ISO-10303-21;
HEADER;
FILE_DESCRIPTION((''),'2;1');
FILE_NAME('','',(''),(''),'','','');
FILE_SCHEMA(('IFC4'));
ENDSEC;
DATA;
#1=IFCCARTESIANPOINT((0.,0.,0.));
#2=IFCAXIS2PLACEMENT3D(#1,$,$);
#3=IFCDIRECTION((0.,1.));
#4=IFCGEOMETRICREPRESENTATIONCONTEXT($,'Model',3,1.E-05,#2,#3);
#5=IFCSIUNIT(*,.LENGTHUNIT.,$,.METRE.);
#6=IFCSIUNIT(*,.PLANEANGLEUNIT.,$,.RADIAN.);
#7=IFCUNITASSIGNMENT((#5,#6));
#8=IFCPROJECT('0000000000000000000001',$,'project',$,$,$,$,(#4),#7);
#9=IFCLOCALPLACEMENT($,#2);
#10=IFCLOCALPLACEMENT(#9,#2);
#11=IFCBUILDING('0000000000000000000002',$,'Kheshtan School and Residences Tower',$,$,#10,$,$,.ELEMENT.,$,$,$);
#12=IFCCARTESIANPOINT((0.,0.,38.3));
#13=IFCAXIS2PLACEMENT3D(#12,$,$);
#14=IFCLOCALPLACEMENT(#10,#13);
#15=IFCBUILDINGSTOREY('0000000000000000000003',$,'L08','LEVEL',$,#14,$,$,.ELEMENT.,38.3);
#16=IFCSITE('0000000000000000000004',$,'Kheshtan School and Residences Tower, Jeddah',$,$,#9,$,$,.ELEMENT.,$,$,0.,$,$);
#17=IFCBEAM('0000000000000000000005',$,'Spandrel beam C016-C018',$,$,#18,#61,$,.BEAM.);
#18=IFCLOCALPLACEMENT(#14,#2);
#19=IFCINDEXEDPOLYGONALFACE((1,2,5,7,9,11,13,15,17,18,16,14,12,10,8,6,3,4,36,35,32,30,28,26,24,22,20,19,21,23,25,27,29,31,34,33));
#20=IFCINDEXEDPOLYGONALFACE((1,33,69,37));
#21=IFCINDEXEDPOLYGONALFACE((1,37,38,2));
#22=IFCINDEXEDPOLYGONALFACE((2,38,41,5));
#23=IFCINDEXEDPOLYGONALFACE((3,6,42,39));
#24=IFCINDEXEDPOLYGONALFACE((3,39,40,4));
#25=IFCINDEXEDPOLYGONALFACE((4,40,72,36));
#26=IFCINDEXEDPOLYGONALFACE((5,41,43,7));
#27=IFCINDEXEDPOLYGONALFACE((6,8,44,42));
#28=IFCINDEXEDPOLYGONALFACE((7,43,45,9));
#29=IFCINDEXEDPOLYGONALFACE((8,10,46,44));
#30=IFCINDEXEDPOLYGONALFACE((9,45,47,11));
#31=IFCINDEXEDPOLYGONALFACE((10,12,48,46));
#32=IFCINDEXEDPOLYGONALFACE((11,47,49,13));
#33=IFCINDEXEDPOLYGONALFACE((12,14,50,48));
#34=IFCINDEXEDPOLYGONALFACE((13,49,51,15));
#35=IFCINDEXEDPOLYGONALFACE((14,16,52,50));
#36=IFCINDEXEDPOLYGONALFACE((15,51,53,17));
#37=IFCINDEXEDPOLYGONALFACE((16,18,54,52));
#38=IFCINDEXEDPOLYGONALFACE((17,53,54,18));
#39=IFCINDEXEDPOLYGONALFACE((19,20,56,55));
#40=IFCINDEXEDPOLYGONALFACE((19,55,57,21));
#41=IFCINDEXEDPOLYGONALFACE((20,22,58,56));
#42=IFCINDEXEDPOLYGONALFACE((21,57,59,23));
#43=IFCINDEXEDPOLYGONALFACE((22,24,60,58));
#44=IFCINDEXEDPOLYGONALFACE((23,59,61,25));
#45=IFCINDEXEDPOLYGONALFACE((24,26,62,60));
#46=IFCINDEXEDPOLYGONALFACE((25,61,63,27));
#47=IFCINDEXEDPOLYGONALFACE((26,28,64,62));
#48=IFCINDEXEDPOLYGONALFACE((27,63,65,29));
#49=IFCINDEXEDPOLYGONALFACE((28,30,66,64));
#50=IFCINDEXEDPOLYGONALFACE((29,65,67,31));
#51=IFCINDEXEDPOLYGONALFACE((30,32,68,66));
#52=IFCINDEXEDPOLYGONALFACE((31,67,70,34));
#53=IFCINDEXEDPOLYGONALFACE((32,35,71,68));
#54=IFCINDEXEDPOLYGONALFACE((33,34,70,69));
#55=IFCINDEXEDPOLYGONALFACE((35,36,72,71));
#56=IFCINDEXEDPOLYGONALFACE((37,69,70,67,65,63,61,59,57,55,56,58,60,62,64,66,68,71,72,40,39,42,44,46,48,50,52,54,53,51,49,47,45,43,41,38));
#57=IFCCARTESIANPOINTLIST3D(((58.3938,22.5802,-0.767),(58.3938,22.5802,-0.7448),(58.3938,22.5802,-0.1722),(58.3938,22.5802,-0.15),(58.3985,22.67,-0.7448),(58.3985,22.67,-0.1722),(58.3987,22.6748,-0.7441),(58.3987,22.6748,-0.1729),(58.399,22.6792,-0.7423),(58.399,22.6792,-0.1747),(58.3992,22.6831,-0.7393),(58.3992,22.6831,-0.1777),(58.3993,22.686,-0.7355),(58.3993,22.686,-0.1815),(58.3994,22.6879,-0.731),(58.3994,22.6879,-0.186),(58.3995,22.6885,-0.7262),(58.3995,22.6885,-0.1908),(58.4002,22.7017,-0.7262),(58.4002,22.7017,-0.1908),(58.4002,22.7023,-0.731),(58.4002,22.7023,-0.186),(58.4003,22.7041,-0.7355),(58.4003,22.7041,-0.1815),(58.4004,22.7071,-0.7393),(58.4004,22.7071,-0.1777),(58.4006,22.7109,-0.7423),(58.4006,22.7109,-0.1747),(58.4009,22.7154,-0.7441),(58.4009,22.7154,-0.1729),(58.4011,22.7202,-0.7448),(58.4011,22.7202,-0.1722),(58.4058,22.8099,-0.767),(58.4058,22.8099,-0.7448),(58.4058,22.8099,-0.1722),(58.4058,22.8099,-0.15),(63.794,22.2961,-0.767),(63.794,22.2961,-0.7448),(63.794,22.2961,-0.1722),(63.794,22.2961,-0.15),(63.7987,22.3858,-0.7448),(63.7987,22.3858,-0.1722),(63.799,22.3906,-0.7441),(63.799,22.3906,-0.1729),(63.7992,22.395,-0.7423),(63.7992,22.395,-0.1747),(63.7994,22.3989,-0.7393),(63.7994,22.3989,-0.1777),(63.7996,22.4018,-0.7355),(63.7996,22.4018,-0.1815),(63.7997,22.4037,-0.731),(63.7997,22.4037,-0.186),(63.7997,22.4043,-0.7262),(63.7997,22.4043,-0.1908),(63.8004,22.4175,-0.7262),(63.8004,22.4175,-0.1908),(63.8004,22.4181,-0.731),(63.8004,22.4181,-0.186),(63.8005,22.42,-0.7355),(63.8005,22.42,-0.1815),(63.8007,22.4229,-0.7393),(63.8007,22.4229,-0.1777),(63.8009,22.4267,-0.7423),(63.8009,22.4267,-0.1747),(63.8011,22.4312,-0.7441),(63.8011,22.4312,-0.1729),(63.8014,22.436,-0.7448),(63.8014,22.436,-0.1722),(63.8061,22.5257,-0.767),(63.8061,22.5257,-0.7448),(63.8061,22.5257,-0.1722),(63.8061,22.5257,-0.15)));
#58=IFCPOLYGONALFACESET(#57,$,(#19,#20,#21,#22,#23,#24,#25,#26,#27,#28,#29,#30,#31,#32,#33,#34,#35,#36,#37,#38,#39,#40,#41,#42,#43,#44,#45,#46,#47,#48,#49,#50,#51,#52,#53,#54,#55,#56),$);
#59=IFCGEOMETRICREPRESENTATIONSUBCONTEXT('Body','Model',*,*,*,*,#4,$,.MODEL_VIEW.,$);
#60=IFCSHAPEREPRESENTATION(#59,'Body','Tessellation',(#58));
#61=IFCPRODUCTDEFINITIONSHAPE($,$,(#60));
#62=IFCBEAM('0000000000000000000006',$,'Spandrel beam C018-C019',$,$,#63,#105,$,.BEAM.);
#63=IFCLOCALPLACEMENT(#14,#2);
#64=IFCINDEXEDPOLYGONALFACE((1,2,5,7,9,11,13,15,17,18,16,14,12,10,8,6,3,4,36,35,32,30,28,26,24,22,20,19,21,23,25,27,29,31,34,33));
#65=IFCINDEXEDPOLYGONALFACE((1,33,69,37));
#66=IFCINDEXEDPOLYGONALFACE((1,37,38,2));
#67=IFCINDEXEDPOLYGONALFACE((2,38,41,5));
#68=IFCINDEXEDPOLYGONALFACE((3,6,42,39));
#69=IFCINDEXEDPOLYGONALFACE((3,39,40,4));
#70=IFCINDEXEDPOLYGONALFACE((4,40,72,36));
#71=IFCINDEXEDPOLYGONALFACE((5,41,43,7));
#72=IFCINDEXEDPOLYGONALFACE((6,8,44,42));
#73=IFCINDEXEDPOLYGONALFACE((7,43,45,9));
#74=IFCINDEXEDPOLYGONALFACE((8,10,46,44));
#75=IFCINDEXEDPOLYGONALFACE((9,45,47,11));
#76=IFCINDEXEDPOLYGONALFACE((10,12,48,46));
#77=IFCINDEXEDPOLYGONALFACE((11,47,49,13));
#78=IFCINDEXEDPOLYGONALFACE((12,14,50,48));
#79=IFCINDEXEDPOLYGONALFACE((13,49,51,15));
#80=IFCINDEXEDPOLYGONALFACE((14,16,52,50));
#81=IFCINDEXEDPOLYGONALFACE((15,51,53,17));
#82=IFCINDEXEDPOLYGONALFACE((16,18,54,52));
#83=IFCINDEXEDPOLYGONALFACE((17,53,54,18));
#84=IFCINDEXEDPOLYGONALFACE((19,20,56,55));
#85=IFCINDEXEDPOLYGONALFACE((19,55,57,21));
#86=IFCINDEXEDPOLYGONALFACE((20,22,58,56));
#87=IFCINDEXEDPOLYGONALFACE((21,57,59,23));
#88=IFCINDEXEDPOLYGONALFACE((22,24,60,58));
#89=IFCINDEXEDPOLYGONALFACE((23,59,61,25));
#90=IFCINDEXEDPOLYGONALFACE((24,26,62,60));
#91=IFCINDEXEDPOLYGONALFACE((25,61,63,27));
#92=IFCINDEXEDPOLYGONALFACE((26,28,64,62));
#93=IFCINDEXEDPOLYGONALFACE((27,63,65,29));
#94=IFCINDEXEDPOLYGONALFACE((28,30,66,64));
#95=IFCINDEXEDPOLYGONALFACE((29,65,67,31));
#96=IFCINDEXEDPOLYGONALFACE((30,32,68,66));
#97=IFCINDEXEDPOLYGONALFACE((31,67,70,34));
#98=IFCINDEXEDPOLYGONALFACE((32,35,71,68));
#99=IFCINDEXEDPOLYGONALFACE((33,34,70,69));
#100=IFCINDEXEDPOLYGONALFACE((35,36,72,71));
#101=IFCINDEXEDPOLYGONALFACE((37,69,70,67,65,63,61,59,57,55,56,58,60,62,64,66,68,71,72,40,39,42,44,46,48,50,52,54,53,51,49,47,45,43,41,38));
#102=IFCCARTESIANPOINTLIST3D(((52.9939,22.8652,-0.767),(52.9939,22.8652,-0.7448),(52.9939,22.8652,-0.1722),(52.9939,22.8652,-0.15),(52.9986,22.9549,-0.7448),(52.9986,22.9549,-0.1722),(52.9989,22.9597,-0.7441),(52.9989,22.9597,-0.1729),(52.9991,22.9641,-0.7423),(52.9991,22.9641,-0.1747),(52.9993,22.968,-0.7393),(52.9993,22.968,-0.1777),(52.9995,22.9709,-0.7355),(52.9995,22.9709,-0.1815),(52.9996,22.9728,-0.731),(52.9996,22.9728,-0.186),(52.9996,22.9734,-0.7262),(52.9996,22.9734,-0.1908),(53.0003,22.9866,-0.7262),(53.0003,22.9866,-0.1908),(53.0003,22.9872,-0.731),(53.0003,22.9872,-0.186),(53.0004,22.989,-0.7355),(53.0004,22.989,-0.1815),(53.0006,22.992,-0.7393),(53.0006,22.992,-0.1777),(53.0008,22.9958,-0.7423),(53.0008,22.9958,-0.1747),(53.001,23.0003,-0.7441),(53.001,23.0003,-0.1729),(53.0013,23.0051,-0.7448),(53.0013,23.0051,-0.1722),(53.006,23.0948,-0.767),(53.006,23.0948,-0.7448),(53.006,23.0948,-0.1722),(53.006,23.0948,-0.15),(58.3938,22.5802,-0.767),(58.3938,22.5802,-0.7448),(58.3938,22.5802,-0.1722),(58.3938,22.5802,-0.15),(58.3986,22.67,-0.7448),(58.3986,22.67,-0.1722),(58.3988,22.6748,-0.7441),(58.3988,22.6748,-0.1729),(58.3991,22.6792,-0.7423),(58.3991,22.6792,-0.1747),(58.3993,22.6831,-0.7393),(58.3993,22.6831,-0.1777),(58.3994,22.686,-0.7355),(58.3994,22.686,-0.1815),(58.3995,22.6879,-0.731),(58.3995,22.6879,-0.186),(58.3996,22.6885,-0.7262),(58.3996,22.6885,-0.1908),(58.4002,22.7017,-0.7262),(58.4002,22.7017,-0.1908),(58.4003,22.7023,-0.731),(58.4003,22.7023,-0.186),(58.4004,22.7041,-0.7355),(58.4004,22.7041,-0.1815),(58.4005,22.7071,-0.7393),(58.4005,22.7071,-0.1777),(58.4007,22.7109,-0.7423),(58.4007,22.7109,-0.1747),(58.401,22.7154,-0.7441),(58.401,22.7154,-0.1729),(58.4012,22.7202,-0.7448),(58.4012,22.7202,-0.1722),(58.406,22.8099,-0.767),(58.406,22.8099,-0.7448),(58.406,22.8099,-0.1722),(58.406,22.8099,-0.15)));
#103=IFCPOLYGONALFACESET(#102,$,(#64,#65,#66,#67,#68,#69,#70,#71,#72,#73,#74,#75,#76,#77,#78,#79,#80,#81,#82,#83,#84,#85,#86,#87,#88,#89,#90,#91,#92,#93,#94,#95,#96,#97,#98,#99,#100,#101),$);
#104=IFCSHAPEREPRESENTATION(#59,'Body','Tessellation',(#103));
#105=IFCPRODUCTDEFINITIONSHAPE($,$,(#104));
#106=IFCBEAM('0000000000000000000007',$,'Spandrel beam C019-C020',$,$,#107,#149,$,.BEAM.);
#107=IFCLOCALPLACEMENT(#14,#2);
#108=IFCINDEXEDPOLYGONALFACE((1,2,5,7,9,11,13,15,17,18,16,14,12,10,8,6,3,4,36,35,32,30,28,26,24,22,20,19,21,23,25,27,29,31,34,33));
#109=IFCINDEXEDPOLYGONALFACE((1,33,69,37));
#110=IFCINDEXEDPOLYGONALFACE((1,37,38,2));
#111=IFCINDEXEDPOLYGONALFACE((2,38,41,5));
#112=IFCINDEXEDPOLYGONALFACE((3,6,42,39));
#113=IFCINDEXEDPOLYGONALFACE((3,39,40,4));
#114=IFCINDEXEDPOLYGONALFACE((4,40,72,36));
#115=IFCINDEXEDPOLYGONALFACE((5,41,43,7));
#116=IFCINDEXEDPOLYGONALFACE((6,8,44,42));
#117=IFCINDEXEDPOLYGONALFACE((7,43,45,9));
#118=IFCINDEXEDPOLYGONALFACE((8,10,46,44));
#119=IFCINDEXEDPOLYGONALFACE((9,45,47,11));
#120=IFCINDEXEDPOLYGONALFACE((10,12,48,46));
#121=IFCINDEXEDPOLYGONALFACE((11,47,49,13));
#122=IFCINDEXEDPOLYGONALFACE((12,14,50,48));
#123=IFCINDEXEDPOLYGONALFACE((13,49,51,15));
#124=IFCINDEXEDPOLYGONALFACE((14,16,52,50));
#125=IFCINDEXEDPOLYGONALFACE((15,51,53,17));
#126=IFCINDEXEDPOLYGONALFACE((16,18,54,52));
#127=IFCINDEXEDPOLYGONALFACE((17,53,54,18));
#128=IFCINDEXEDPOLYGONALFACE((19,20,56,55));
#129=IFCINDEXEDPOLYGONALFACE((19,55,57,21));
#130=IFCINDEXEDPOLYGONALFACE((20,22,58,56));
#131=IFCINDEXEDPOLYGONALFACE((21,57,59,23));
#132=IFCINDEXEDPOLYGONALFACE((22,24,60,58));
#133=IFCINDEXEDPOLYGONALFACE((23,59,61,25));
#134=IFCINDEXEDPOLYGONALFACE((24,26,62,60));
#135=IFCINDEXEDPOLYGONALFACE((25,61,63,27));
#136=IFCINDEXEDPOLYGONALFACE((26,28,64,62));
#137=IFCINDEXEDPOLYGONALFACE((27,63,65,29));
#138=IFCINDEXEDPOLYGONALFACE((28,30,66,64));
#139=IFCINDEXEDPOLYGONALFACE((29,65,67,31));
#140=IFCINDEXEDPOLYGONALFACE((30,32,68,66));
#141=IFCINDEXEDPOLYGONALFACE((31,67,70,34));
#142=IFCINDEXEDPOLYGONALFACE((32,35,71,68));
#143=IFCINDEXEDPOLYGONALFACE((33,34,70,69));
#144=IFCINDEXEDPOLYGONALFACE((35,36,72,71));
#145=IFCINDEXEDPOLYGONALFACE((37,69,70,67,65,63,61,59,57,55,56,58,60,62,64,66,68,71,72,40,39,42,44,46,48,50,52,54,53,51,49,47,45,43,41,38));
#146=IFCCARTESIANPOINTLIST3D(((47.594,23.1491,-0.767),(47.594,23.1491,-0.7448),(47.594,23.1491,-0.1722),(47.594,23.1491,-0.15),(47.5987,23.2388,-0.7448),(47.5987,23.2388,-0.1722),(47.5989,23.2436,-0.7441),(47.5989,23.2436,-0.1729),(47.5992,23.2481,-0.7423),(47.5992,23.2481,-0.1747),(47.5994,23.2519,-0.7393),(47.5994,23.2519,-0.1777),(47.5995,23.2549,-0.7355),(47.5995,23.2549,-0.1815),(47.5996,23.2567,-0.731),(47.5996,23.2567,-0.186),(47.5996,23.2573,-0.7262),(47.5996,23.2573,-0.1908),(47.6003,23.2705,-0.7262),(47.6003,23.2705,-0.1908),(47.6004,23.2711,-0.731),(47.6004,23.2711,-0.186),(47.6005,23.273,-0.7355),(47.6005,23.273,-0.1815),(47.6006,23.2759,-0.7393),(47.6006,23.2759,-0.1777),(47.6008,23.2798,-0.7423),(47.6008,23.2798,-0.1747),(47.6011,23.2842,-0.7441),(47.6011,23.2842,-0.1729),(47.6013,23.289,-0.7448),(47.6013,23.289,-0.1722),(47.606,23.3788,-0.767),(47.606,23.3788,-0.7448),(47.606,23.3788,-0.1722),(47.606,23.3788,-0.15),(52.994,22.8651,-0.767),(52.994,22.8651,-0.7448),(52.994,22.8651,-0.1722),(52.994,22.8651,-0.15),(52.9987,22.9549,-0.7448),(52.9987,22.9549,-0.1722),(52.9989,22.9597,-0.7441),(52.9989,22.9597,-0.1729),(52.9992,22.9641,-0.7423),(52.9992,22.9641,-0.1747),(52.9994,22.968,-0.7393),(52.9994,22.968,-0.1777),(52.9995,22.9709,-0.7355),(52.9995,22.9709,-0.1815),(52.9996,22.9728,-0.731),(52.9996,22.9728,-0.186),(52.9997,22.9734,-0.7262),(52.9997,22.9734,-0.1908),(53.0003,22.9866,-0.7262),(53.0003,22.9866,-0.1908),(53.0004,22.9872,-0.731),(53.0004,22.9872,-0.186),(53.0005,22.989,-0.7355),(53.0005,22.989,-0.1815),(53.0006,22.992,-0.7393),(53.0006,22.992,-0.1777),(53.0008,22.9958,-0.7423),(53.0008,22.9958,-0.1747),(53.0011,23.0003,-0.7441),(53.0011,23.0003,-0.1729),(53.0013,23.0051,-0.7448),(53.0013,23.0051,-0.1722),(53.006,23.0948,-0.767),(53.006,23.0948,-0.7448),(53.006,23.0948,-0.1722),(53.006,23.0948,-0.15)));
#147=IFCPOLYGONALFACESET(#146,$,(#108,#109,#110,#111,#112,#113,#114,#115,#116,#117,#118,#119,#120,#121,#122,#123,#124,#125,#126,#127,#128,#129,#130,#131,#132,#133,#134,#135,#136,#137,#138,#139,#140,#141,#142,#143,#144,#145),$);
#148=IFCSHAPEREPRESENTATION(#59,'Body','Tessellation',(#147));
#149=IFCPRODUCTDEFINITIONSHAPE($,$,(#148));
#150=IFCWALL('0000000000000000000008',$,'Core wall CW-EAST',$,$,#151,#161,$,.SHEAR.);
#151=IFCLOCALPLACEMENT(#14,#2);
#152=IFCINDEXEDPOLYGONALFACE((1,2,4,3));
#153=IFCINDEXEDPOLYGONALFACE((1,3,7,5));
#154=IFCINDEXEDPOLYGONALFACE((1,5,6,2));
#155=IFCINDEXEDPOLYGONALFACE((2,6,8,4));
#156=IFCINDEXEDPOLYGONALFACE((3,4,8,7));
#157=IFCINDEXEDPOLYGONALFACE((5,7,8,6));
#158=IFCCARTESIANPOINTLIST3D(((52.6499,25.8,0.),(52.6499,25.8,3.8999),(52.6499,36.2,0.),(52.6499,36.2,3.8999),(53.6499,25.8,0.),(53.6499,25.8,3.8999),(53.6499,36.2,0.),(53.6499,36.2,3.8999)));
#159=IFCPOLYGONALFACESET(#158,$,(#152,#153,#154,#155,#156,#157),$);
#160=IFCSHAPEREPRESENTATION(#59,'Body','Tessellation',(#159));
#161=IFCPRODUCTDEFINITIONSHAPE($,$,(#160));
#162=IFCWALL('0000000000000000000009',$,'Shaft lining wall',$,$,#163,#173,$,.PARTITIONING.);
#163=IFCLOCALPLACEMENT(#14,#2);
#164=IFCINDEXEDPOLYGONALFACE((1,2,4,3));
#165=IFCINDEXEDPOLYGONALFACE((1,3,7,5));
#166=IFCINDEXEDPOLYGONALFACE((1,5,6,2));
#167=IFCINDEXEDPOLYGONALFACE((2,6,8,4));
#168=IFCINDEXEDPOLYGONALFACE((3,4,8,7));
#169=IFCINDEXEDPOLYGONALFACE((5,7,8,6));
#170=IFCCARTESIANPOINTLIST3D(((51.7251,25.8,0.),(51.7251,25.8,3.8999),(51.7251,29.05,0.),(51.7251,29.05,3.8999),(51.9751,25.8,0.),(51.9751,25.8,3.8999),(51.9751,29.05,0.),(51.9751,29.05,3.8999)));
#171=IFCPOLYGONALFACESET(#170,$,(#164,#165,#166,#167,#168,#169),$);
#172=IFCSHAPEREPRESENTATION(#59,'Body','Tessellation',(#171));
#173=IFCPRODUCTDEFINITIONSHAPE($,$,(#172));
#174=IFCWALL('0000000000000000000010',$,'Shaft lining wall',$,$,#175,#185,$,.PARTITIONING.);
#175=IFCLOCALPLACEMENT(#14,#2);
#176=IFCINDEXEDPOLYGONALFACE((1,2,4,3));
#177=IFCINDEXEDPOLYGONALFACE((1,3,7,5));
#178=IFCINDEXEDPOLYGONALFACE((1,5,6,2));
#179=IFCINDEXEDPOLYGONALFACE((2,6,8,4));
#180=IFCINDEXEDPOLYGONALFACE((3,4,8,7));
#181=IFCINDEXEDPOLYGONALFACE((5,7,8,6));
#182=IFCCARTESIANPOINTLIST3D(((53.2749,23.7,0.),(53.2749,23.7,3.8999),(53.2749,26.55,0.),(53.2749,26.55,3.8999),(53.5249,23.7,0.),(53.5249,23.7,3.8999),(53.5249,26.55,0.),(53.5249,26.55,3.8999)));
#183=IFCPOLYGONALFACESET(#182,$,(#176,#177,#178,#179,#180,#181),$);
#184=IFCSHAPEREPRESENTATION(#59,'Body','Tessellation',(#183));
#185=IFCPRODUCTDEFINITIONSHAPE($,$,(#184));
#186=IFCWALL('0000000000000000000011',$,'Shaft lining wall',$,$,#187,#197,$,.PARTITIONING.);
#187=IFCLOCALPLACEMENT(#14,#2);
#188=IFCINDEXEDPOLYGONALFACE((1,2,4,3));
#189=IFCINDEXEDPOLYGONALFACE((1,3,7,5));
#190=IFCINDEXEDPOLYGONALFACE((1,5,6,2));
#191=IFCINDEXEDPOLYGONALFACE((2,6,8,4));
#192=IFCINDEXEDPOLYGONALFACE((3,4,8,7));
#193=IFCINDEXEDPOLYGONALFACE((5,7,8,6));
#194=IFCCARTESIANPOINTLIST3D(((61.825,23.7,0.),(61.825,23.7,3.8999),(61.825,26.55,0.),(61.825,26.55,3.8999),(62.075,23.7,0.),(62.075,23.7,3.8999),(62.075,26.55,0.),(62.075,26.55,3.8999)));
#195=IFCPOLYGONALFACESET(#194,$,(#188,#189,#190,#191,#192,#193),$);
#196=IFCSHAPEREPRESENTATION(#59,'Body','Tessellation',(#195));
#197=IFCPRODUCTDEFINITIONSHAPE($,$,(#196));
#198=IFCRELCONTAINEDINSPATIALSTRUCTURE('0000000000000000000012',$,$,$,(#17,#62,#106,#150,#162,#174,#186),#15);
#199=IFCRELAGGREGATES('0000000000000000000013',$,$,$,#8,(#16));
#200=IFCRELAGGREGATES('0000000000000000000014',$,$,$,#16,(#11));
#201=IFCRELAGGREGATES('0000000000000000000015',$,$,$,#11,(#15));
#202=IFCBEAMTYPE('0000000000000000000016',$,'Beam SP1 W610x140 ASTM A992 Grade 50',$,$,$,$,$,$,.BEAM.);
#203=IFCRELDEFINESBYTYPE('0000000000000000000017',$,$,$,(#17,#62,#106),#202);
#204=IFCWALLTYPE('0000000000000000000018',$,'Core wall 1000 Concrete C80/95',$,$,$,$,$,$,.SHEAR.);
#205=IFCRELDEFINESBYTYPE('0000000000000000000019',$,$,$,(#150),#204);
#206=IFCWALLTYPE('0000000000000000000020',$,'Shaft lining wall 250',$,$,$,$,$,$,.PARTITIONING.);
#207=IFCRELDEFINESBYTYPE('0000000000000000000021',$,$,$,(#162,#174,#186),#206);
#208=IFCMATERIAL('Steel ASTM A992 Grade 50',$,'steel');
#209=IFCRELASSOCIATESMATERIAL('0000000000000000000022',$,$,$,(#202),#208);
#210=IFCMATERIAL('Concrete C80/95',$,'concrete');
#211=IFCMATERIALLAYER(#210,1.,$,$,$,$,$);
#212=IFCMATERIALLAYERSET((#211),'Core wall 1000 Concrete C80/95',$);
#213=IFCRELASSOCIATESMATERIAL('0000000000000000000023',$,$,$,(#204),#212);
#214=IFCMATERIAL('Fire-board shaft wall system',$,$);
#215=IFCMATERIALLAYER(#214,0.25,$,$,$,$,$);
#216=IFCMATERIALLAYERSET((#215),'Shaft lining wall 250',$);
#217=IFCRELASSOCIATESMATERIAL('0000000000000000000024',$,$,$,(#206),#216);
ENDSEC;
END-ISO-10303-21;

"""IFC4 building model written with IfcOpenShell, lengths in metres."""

from ifc_helpers import new_model, si_unit, direction, frame, frame_2d, origin, origin_2d, place, context, subcontext, project, spatial, rectangle, i_section, extrude, material, layer, layer_set, material_profile, profile_set, type_object, element, save


model = new_model("IFC4")

# Units and contexts
model_context = context("Model", 3, precision=1e-05, world=origin(), true_north=direction((0.0, 1.0)))
body_context = subcontext(model_context, "Body", "Model", "MODEL_VIEW")
ifc_project = project(units=[si_unit("LENGTHUNIT", "METRE"), si_unit("PLANEANGLEUNIT", "RADIAN")], contexts=[model_context])

# Site, building, storey
site_placement = place(None, origin())
site = spatial("IfcSite", under=ifc_project, at=site_placement, Name="Kheshtan School and Residences Tower, Jeddah", CompositionType="ELEMENT", RefElevation=0.0)
building_placement = place(site_placement, origin())
building = spatial("IfcBuilding", under=site, at=building_placement, Name="Kheshtan School and Residences Tower", CompositionType="ELEMENT")
storey_placement = place(building_placement, frame((0.0, 0.0, 38.3)))
storey = spatial("IfcBuildingStorey", under=building, at=storey_placement, Name="L08", Description="LEVEL", CompositionType="ELEMENT", Elevation=38.3)

# Shared definitions
ifc_material_1 = material(Name="Steel ASTM A992 Grade 50", Category="steel")

# Beams
ifc_material_profile_1 = material_profile(ifc_material_1, i_section(OverallWidth=0.23, OverallDepth=0.6169, WebThickness=0.0132, FlangeThickness=0.0222, FilletRadius=0.0186, at=origin_2d()), Name="W610x140")
ifc_profile_set_1 = profile_set([ifc_material_profile_1], Name="Steel ASTM A992 Grade 50")
beam_type_1 = type_object("IfcBeamType", Name="Beam SP1 W610x140 ASTM A992 Grade 50", PredefinedType="BEAM", material=ifc_profile_set_1)
beam_1_placement = place(storey_placement, frame((63.8, 22.4109, -0.4585), z_axis=(-0.998618, 0.052552, 0.0), x_axis=(-0.052552, -0.998618, 0.0)))
element("IfcBeam", 1, at=beam_1_placement, inside=storey, type_object=beam_type_1, Name="Spandrel beam C016-C018", PredefinedType="BEAM", context=body_context, shape_type="SweptSolid", body=[
    extrude(i_section(OverallWidth=0.23, OverallDepth=0.6169, WebThickness=0.0132, FlangeThickness=0.0222, FilletRadius=0.0186, at=origin_2d()), origin(), (0.0, 0.0, 1.0), 5.4077),
])
for number, where, z_axis, x_axis, name in (
    (2, (58.3999, 22.6951, -0.4585), (-0.998611, 0.052689, 0.0), (-0.052689, -0.998611, 0.0), "Spandrel beam C018-C019"),
    (3, (53.0, 22.98, -0.4585), (-0.99862, 0.052509, 0.0), (-0.052509, -0.99862, 0.0), "Spandrel beam C019-C020"),
):
    element("IfcBeam", number, at=place(storey_placement, frame(where, z_axis=z_axis, x_axis=x_axis)), inside=storey, type_object=beam_type_1, Name=name, PredefinedType="BEAM", context=body_context, shape_type="SweptSolid", body=[
        extrude(i_section(OverallWidth=0.23, OverallDepth=0.6169, WebThickness=0.0132, FlangeThickness=0.0222, FilletRadius=0.0186, at=origin_2d()), origin(), (0.0, 0.0, 1.0), 5.4075),
    ])

# Walls
ifc_material_2 = material(Name="Concrete C80/95", Category="concrete")
ifc_layer_1 = layer(ifc_material_2, 1.0)
ifc_layer_set_1 = layer_set([ifc_layer_1], Name="Core wall 1000 Concrete C80/95")
wall_type_1 = type_object("IfcWallType", Name="Core wall 1000 Concrete C80/95", PredefinedType="SHEAR", material=ifc_layer_set_1)
wall_1_placement = place(storey_placement, frame((53.1499, 25.8, 0.0), z_axis=(0.0, 0.0, 1.0), x_axis=(0.0, 1.0, 0.0)))
element("IfcWall", 4, at=wall_1_placement, inside=storey, type_object=wall_type_1, Name="Core wall CW-EAST", PredefinedType="SHEAR", context=body_context, shape_type="SweptSolid", body=[
    extrude(rectangle(XDim=10.3999, YDim=1.0, at=frame_2d((5.2, 0.0))), origin(), (0.0, 0.0, 1.0), 3.8999),
])
ifc_material_3 = material(Name="Fire-board shaft wall system")
ifc_layer_2 = layer(ifc_material_3, 0.25)
ifc_layer_set_2 = layer_set([ifc_layer_2], Name="Shaft lining wall 250")
wall_type_2 = type_object("IfcWallType", Name="Shaft lining wall 250", PredefinedType="PARTITIONING", material=ifc_layer_set_2)
wall_2_placement = place(storey_placement, frame((51.8501, 25.8, 0.0), z_axis=(0.0, 0.0, 1.0), x_axis=(0.0, 1.0, 0.0)))
element("IfcWall", 5, at=wall_2_placement, inside=storey, type_object=wall_type_2, Name="Shaft lining wall", PredefinedType="PARTITIONING", context=body_context, shape_type="SweptSolid", body=[
    extrude(rectangle(XDim=3.25, YDim=0.25, at=frame_2d((1.625, 0.0))), origin(), (0.0, 0.0, 1.0), 3.8999),
])
for number, where, z_axis, x_axis, name in (
    (6, (53.3999, 23.7, 0.0), (0.0, 0.0, 1.0), (0.0, 1.0, 0.0), "Shaft lining wall"),
    (7, (61.95, 23.7, 0.0), (0.0, 0.0, 1.0), (0.0, 1.0, 0.0), "Shaft lining wall"),
):
    element("IfcWall", number, at=place(storey_placement, frame(where, z_axis=z_axis, x_axis=x_axis)), inside=storey, type_object=wall_type_2, Name=name, PredefinedType="PARTITIONING", context=body_context, shape_type="SweptSolid", body=[
        extrude(rectangle(XDim=2.8501, YDim=0.25, at=frame_2d((1.425, 0.0))), origin(), (0.0, 0.0, 1.0), 3.8999),
    ])

save(model, "model.ifc")
